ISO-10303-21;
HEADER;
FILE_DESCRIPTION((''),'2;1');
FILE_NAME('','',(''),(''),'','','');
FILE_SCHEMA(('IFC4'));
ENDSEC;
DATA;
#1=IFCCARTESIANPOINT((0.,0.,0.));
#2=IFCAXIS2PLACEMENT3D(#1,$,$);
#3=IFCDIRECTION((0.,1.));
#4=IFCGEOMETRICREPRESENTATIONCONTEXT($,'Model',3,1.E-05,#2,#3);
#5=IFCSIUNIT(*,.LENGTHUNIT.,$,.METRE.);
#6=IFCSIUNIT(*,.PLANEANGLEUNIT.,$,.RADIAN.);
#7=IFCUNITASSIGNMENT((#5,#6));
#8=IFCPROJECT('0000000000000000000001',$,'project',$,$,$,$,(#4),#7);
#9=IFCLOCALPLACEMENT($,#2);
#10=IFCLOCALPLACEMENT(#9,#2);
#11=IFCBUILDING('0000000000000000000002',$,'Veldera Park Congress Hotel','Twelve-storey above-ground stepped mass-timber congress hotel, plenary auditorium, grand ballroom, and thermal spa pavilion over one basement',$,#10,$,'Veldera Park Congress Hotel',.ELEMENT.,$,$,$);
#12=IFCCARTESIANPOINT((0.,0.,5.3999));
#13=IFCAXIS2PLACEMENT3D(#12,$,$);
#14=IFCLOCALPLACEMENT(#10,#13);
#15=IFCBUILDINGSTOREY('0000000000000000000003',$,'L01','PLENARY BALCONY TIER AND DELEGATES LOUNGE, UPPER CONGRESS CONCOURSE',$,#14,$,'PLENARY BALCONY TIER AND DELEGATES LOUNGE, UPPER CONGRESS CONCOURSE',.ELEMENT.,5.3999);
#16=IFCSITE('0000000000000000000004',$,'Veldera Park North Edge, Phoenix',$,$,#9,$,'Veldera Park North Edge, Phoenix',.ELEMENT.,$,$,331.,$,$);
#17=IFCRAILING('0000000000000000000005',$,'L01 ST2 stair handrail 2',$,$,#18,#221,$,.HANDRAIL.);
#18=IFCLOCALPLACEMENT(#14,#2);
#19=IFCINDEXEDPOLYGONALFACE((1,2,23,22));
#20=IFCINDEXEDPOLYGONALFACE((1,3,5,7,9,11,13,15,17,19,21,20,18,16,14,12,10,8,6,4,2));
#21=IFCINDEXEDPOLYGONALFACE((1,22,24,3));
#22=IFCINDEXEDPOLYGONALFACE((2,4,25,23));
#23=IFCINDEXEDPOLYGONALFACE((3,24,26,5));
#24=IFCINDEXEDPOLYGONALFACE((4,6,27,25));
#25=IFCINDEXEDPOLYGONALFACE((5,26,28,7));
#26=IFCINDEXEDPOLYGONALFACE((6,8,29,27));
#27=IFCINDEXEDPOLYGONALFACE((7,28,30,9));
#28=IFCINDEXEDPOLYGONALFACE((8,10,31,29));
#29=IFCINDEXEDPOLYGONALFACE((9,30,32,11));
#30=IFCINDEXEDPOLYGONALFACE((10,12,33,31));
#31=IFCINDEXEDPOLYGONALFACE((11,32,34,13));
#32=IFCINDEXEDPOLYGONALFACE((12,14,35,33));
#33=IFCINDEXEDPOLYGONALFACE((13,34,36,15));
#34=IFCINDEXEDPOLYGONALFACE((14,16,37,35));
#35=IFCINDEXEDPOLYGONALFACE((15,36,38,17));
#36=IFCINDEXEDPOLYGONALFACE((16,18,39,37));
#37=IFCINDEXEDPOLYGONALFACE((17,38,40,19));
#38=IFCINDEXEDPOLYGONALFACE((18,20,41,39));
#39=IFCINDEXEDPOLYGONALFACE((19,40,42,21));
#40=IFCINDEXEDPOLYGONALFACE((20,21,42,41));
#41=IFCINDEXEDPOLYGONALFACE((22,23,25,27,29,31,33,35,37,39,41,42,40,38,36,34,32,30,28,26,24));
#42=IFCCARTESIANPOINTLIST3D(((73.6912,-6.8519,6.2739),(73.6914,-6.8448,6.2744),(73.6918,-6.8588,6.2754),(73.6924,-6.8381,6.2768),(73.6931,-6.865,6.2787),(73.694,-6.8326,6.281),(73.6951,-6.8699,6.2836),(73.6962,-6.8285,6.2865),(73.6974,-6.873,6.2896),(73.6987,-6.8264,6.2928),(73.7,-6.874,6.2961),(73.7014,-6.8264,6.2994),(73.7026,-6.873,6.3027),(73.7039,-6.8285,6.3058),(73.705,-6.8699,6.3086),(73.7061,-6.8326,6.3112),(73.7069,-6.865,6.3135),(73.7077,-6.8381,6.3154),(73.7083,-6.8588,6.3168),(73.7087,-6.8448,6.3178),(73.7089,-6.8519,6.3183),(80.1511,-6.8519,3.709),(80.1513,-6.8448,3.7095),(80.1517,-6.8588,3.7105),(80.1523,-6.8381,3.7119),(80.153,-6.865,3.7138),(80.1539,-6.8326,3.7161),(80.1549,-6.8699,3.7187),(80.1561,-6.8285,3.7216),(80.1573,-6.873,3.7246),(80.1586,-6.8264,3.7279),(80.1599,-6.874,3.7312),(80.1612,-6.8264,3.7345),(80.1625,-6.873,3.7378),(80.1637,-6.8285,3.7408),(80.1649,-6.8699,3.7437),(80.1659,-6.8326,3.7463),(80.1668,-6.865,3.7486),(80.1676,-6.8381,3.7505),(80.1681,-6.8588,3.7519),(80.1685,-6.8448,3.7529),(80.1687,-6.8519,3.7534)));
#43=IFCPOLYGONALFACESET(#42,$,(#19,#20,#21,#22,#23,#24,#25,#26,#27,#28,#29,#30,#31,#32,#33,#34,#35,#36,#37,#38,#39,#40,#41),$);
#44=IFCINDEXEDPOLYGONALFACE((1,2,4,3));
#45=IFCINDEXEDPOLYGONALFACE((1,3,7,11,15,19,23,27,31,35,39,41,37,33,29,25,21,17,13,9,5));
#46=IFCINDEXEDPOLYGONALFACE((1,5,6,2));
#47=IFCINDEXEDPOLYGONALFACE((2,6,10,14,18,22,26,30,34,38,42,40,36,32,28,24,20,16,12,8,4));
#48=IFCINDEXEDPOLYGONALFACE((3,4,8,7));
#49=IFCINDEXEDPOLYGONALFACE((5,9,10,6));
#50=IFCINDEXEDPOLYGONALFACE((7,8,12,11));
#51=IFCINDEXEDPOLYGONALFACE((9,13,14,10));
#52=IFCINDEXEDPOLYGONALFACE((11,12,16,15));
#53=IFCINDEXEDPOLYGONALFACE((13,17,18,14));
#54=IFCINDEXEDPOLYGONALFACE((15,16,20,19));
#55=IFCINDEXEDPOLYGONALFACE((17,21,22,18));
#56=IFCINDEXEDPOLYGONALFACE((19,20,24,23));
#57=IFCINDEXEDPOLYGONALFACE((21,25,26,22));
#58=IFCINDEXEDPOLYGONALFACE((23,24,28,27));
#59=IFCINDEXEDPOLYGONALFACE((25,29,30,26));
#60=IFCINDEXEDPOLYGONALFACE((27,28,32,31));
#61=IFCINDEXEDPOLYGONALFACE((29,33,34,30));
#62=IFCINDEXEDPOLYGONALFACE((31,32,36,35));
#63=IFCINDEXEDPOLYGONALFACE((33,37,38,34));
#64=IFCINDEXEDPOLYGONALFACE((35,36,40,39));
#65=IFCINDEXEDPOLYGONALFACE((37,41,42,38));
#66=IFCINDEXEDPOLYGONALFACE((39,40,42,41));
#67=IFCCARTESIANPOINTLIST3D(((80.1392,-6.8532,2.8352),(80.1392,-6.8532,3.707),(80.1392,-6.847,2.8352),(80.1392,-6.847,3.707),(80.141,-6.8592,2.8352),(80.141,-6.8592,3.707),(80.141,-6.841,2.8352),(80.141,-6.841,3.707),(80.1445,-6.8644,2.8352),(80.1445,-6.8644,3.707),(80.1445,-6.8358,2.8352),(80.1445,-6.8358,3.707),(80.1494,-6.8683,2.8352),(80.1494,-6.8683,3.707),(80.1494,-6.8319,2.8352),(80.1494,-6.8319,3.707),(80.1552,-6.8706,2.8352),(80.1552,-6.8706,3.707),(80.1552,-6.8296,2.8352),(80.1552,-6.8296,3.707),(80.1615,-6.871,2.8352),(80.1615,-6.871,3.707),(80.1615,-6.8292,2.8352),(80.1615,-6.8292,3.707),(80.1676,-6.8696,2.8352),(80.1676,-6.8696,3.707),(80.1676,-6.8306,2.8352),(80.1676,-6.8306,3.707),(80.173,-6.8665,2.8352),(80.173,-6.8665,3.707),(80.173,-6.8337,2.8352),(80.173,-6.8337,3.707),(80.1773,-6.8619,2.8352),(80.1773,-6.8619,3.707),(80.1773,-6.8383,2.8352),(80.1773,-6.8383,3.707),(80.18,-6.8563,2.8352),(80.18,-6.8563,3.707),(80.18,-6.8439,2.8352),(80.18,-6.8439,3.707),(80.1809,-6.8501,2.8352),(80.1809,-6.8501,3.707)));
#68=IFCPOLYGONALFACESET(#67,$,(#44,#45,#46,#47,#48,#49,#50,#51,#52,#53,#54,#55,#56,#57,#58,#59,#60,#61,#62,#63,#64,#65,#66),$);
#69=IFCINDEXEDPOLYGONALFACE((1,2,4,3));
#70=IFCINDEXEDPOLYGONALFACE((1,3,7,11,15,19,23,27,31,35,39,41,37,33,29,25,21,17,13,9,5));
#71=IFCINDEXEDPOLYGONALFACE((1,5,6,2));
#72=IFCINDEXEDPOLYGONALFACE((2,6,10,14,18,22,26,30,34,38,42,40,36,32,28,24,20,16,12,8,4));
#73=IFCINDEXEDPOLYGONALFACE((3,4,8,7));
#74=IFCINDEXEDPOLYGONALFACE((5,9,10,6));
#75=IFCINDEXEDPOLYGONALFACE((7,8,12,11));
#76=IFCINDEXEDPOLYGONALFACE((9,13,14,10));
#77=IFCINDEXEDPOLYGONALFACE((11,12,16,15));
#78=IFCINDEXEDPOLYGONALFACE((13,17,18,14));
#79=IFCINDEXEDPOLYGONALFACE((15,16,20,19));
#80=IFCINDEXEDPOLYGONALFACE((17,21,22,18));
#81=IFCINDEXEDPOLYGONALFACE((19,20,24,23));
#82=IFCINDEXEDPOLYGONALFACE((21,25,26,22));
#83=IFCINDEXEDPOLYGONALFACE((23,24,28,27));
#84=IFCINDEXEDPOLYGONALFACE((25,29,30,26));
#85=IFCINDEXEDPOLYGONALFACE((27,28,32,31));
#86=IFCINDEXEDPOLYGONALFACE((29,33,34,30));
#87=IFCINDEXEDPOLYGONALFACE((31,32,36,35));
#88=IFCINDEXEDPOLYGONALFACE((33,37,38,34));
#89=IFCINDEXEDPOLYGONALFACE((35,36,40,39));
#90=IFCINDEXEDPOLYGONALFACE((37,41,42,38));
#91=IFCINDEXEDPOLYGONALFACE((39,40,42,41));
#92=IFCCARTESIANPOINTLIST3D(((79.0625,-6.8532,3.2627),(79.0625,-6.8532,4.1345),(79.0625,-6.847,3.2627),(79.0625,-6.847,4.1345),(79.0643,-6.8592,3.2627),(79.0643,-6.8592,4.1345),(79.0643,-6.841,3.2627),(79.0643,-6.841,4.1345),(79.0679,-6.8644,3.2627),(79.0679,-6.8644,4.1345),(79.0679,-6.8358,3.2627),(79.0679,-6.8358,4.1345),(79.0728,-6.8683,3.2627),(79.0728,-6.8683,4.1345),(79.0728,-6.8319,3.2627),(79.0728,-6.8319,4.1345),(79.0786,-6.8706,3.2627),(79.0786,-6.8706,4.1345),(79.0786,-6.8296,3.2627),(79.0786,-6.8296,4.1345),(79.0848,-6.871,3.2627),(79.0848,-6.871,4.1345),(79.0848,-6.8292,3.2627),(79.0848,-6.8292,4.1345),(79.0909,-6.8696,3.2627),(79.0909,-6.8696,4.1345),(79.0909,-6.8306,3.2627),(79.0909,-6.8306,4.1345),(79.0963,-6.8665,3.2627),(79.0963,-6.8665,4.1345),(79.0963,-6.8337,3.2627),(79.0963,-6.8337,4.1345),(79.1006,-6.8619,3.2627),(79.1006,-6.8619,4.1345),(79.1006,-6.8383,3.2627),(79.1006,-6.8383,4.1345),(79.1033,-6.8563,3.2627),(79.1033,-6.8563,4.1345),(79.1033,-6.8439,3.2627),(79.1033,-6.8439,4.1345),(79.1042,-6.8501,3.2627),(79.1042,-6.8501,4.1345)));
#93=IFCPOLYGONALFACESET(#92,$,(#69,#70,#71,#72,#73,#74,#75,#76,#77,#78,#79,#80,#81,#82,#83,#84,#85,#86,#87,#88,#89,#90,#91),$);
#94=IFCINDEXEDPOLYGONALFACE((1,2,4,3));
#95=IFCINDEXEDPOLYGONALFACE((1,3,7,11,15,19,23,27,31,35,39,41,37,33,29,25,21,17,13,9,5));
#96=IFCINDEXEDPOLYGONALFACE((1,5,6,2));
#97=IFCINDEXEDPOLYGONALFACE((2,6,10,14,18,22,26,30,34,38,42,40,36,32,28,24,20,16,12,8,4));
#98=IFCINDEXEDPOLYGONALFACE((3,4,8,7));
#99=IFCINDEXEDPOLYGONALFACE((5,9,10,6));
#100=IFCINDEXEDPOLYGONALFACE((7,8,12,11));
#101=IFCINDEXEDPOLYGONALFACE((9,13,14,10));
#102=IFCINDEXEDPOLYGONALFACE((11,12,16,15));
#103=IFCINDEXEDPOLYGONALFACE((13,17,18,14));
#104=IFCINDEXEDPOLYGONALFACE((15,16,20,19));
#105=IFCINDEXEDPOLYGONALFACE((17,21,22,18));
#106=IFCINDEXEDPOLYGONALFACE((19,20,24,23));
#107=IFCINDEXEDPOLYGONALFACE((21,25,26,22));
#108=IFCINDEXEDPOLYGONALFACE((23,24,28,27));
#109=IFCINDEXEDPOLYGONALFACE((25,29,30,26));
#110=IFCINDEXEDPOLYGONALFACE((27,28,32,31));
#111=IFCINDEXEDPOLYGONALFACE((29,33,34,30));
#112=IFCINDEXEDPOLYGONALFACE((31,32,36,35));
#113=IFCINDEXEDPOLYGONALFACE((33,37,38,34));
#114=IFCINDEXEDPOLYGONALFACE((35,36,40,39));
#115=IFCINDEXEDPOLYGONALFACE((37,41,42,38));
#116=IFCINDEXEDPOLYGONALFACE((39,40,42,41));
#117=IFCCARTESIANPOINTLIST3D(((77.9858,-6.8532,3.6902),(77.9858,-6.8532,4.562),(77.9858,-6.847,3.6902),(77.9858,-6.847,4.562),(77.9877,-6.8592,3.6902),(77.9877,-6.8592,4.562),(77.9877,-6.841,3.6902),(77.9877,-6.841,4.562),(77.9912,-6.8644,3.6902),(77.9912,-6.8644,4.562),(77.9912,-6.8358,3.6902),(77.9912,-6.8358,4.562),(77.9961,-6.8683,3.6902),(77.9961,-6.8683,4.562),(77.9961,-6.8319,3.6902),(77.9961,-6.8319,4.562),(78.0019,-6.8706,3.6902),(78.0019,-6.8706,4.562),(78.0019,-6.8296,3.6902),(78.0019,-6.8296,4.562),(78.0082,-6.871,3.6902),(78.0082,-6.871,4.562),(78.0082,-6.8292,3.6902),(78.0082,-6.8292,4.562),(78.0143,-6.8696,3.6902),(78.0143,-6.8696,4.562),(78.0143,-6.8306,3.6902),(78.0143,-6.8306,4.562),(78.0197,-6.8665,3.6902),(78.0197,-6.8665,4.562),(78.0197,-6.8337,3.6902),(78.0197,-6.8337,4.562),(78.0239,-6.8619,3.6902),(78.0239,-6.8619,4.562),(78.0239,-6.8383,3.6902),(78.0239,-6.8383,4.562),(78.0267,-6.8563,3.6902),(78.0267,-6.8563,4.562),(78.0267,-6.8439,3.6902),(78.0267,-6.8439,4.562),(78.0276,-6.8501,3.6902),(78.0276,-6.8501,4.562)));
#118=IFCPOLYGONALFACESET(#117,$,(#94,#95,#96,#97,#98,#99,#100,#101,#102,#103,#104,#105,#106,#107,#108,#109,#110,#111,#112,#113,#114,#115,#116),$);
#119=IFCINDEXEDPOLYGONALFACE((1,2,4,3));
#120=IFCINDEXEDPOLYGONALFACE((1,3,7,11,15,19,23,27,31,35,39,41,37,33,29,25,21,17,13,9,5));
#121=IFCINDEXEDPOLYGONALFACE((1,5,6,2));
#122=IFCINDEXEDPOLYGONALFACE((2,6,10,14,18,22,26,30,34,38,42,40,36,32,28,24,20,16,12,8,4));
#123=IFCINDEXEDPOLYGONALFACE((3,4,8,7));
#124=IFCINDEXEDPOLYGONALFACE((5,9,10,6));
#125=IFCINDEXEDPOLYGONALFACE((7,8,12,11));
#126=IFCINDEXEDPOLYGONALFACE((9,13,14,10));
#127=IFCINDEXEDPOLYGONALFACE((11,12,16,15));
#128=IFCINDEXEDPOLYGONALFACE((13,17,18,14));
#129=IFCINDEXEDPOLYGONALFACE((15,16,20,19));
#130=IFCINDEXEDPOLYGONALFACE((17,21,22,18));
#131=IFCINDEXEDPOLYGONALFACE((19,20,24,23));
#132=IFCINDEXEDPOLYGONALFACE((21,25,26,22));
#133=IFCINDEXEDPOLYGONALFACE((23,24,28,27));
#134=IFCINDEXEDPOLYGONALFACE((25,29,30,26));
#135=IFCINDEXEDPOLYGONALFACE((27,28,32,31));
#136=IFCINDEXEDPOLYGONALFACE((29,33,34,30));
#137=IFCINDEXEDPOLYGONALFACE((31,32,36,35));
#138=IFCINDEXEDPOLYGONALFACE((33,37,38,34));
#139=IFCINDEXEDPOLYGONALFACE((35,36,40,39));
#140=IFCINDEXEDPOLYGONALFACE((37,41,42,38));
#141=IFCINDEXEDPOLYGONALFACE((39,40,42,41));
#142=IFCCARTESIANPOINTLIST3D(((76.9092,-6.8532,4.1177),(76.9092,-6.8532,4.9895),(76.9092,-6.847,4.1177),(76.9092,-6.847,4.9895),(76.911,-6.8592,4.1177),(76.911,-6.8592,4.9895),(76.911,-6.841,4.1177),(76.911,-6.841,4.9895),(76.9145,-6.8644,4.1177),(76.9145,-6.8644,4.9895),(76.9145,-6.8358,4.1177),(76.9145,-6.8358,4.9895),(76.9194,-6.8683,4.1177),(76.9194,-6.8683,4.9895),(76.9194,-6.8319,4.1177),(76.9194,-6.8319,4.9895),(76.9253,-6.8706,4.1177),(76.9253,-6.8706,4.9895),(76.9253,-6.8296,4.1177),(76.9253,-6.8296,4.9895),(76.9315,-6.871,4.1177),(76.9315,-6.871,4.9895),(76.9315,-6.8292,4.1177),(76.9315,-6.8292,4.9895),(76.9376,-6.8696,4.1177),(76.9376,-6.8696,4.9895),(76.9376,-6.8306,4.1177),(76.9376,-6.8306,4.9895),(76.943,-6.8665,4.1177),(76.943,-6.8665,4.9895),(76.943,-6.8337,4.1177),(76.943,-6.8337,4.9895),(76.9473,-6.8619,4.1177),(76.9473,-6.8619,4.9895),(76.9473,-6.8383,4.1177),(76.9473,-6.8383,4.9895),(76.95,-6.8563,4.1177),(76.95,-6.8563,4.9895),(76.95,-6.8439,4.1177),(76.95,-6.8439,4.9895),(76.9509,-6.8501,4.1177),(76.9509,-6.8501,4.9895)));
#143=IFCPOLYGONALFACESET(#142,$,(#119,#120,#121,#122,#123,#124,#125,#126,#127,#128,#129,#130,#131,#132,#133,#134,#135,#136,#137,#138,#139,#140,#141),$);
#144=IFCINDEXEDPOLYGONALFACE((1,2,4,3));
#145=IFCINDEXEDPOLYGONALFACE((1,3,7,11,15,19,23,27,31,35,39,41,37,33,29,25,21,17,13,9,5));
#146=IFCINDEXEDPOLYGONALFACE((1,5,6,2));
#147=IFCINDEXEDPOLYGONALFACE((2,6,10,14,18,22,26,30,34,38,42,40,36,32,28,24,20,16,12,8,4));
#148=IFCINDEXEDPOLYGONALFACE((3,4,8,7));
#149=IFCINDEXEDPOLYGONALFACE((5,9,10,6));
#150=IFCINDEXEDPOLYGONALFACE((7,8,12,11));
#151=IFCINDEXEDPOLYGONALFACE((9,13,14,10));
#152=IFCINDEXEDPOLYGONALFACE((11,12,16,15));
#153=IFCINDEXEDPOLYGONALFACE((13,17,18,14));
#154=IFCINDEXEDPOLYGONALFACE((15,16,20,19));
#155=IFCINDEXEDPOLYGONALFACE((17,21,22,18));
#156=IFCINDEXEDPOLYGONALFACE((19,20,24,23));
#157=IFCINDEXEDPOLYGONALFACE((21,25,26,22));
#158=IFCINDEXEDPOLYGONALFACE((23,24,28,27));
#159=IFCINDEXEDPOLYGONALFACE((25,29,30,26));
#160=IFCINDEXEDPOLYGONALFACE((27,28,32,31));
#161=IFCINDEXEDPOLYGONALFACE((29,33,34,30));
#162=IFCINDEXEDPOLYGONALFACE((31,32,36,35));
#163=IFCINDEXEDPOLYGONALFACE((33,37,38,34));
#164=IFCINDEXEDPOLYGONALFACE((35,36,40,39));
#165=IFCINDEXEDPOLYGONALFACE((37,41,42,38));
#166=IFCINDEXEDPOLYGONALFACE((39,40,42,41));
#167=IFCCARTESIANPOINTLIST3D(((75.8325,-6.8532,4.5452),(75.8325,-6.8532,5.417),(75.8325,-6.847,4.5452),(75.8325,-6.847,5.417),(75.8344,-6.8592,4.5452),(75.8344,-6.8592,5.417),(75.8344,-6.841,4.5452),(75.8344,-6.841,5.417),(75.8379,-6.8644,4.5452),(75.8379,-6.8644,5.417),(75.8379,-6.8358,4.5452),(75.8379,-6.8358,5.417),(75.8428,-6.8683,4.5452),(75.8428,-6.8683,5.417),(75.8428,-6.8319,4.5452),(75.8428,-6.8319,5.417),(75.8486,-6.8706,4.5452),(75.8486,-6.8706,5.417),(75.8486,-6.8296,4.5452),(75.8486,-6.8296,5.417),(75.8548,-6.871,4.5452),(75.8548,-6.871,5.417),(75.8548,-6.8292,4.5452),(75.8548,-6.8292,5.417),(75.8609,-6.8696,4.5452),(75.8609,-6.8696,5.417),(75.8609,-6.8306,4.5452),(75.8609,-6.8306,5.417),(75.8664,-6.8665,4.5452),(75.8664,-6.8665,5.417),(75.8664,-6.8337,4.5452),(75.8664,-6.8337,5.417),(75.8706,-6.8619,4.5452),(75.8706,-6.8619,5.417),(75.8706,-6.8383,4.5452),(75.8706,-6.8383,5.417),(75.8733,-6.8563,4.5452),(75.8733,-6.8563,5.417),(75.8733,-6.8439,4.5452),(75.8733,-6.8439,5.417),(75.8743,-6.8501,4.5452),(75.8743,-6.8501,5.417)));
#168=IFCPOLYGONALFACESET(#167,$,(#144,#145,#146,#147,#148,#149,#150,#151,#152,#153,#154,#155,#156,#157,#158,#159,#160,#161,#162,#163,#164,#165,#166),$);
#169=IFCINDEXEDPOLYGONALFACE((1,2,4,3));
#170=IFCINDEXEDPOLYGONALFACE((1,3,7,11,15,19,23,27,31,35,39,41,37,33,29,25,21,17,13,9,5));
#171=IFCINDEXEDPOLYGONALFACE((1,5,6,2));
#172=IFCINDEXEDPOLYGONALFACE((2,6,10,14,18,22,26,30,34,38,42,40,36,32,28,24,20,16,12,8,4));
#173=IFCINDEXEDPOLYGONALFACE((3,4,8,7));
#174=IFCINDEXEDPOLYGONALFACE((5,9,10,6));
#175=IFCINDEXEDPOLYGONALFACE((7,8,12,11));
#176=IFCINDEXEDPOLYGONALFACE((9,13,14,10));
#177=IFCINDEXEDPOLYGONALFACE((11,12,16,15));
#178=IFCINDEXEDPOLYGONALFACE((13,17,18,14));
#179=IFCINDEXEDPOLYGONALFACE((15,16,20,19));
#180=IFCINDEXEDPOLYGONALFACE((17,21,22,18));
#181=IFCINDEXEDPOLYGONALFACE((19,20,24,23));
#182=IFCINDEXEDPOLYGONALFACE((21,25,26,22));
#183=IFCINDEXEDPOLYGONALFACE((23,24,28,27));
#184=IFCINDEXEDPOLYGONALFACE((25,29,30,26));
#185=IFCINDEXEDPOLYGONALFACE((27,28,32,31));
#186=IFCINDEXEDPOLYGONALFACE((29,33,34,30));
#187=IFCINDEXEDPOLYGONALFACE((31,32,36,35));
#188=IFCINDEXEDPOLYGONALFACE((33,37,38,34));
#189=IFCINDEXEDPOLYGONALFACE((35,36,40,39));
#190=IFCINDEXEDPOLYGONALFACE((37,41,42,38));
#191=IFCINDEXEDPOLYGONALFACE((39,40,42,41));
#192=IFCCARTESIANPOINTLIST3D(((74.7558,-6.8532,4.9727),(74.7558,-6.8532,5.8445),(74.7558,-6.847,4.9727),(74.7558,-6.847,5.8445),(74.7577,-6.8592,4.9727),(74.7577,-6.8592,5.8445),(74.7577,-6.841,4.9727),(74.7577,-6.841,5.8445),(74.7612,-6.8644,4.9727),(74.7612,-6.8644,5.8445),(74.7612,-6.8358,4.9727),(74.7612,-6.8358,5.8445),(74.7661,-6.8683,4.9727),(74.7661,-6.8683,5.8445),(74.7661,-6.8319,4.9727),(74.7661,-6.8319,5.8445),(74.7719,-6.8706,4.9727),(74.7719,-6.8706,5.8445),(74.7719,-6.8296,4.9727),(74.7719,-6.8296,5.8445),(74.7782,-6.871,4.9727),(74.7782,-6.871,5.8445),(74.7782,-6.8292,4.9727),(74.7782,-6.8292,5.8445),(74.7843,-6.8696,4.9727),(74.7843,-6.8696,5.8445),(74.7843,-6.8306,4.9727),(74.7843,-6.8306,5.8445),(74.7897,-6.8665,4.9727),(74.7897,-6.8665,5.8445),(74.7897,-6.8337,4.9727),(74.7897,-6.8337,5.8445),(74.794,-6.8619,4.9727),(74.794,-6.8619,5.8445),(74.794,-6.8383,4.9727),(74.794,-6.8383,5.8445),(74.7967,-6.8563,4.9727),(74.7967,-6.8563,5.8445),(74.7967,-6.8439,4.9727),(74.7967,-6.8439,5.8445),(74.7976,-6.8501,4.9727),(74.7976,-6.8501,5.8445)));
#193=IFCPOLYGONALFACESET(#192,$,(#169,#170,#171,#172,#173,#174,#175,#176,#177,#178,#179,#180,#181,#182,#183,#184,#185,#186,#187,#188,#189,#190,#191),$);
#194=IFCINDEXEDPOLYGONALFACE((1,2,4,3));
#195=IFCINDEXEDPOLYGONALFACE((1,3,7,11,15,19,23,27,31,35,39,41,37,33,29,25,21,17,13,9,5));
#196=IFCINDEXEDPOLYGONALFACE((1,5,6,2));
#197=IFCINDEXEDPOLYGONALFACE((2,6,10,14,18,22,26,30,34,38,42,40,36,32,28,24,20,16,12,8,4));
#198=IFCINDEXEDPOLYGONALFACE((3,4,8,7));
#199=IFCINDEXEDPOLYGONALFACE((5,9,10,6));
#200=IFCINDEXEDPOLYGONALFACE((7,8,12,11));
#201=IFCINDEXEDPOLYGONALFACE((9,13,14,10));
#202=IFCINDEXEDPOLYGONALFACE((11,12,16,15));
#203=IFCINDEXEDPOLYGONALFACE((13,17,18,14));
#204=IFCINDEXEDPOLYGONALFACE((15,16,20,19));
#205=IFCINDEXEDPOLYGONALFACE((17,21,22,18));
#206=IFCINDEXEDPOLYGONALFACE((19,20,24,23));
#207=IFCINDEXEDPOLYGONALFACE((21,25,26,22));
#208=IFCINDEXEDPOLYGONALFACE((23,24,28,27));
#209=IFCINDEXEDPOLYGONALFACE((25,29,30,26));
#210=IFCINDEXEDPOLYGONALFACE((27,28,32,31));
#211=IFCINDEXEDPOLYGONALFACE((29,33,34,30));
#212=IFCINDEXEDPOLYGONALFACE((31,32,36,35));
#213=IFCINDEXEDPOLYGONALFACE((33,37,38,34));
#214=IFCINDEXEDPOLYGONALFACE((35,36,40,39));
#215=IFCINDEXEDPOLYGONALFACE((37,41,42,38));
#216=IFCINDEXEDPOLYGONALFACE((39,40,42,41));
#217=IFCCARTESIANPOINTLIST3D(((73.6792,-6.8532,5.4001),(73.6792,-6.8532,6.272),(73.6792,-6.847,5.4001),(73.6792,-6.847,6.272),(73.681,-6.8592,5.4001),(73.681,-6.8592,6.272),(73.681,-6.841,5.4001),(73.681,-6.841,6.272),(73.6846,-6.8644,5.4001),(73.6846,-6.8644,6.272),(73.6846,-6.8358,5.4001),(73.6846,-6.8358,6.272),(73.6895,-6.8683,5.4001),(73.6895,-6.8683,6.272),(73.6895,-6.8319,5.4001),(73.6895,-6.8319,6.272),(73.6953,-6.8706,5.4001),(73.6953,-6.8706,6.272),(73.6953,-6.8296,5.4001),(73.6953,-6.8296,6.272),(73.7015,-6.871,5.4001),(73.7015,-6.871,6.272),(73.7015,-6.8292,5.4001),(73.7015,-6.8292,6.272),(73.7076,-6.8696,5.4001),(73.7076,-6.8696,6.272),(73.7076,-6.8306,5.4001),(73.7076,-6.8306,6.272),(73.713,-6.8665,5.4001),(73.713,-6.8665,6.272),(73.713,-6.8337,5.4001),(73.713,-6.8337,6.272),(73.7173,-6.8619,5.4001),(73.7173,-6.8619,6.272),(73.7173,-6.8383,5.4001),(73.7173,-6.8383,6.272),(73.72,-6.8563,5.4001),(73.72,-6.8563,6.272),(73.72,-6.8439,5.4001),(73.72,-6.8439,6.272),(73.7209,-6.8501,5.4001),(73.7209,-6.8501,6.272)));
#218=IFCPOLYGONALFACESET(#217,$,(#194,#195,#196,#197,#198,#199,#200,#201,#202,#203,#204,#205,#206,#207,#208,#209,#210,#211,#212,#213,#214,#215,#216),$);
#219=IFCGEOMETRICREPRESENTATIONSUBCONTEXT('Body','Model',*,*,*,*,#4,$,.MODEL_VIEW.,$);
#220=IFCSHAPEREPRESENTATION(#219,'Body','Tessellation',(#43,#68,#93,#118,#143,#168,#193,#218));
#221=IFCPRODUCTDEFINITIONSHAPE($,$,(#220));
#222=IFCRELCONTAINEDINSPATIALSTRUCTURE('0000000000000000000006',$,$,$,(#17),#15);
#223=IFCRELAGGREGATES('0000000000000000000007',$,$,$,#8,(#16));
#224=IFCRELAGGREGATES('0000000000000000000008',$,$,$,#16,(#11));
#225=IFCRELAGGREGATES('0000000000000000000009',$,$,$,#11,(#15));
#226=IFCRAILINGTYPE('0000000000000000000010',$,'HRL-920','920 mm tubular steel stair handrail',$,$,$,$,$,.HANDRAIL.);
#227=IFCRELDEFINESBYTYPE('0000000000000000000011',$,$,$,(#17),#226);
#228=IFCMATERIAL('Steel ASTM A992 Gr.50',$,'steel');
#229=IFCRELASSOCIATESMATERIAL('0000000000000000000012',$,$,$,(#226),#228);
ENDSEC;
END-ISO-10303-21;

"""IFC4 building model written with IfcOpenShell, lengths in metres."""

from ifc_helpers import new_model, si_unit, direction, frame, origin, origin_2d, place, context, subcontext, project, spatial, circle, extrude, material, type_object, element, save


model = new_model("IFC4")

# Units and contexts
model_context = context("Model", 3, precision=1e-05, world=origin(), true_north=direction((0.0, 1.0)))
body_context = subcontext(model_context, "Body", "Model", "MODEL_VIEW")
ifc_project = project(units=[si_unit("LENGTHUNIT", "METRE"), si_unit("PLANEANGLEUNIT", "RADIAN")], contexts=[model_context])

# Site, building, storey
site_placement = place(None, origin())
site = spatial("IfcSite", under=ifc_project, at=site_placement, Name="Veldera Park North Edge, Phoenix", LongName="Veldera Park North Edge, Phoenix", CompositionType="ELEMENT", RefElevation=331.0)
building_placement = place(site_placement, origin())
building = spatial("IfcBuilding", under=site, at=building_placement, Name="Veldera Park Congress Hotel", Description="Twelve-storey above-ground stepped mass-timber congress hotel, plenary auditorium, grand ballroom, and thermal spa pavilion over one basement", LongName="Veldera Park Congress Hotel", CompositionType="ELEMENT")
storey_placement = place(building_placement, frame((0.0, 0.0, 5.3999)))
storey = spatial("IfcBuildingStorey", under=building, at=storey_placement, Name="L01", Description="PLENARY BALCONY TIER AND DELEGATES LOUNGE, UPPER CONGRESS CONCOURSE", LongName="PLENARY BALCONY TIER AND DELEGATES LOUNGE, UPPER CONGRESS CONCOURSE", CompositionType="ELEMENT", Elevation=5.3999)

# Shared definitions
ifc_material_1 = material(Name="Steel ASTM A992 Gr.50", Category="steel")

# Railing
railing_type = type_object("IfcRailingType", Name="HRL-920", Description="920 mm tubular steel stair handrail", PredefinedType="HANDRAIL", material=ifc_material_1)
railing_placement = place(storey_placement, frame((80.1599, -6.8501, 2.8352)))
element("IfcRailing", 1, at=railing_placement, inside=storey, type_object=railing_type, Name="L01 ST2 stair handrail 2", PredefinedType="HANDRAIL", context=body_context, shape_type="SweptSolid", body=[
    extrude(circle(Radius=0.0239, at=origin_2d()), frame((0.0, 0.0, 0.896), z_axis=(-0.929418, 0.0, 0.369028), x_axis=(0.0, -1.0, 0.0)), (0.0, 0.0, 1.0), 6.9504),
    extrude(circle(Radius=0.021, at=origin_2d()), origin(), (0.0, 0.0, 1.0), 0.8718),
    extrude(circle(Radius=0.021, at=origin_2d()), frame((-1.0767, 0.0, 0.4275)), (0.0, 0.0, 1.0), 0.8718),
    extrude(circle(Radius=0.021, at=origin_2d()), frame((-2.1533, 0.0, 0.855)), (0.0, 0.0, 1.0), 0.8718),
    extrude(circle(Radius=0.021, at=origin_2d()), frame((-3.23, 0.0, 1.2825)), (0.0, 0.0, 1.0), 0.8718),
    extrude(circle(Radius=0.021, at=origin_2d()), frame((-4.3066, 0.0, 1.71)), (0.0, 0.0, 1.0), 0.8718),
    extrude(circle(Radius=0.021, at=origin_2d()), frame((-5.3833, 0.0, 2.1375)), (0.0, 0.0, 1.0), 0.8718),
    extrude(circle(Radius=0.021, at=origin_2d()), frame((-6.46, 0.0, 2.5649)), (0.0, 0.0, 1.0), 0.8718),
])

save(model, "model.ifc")
